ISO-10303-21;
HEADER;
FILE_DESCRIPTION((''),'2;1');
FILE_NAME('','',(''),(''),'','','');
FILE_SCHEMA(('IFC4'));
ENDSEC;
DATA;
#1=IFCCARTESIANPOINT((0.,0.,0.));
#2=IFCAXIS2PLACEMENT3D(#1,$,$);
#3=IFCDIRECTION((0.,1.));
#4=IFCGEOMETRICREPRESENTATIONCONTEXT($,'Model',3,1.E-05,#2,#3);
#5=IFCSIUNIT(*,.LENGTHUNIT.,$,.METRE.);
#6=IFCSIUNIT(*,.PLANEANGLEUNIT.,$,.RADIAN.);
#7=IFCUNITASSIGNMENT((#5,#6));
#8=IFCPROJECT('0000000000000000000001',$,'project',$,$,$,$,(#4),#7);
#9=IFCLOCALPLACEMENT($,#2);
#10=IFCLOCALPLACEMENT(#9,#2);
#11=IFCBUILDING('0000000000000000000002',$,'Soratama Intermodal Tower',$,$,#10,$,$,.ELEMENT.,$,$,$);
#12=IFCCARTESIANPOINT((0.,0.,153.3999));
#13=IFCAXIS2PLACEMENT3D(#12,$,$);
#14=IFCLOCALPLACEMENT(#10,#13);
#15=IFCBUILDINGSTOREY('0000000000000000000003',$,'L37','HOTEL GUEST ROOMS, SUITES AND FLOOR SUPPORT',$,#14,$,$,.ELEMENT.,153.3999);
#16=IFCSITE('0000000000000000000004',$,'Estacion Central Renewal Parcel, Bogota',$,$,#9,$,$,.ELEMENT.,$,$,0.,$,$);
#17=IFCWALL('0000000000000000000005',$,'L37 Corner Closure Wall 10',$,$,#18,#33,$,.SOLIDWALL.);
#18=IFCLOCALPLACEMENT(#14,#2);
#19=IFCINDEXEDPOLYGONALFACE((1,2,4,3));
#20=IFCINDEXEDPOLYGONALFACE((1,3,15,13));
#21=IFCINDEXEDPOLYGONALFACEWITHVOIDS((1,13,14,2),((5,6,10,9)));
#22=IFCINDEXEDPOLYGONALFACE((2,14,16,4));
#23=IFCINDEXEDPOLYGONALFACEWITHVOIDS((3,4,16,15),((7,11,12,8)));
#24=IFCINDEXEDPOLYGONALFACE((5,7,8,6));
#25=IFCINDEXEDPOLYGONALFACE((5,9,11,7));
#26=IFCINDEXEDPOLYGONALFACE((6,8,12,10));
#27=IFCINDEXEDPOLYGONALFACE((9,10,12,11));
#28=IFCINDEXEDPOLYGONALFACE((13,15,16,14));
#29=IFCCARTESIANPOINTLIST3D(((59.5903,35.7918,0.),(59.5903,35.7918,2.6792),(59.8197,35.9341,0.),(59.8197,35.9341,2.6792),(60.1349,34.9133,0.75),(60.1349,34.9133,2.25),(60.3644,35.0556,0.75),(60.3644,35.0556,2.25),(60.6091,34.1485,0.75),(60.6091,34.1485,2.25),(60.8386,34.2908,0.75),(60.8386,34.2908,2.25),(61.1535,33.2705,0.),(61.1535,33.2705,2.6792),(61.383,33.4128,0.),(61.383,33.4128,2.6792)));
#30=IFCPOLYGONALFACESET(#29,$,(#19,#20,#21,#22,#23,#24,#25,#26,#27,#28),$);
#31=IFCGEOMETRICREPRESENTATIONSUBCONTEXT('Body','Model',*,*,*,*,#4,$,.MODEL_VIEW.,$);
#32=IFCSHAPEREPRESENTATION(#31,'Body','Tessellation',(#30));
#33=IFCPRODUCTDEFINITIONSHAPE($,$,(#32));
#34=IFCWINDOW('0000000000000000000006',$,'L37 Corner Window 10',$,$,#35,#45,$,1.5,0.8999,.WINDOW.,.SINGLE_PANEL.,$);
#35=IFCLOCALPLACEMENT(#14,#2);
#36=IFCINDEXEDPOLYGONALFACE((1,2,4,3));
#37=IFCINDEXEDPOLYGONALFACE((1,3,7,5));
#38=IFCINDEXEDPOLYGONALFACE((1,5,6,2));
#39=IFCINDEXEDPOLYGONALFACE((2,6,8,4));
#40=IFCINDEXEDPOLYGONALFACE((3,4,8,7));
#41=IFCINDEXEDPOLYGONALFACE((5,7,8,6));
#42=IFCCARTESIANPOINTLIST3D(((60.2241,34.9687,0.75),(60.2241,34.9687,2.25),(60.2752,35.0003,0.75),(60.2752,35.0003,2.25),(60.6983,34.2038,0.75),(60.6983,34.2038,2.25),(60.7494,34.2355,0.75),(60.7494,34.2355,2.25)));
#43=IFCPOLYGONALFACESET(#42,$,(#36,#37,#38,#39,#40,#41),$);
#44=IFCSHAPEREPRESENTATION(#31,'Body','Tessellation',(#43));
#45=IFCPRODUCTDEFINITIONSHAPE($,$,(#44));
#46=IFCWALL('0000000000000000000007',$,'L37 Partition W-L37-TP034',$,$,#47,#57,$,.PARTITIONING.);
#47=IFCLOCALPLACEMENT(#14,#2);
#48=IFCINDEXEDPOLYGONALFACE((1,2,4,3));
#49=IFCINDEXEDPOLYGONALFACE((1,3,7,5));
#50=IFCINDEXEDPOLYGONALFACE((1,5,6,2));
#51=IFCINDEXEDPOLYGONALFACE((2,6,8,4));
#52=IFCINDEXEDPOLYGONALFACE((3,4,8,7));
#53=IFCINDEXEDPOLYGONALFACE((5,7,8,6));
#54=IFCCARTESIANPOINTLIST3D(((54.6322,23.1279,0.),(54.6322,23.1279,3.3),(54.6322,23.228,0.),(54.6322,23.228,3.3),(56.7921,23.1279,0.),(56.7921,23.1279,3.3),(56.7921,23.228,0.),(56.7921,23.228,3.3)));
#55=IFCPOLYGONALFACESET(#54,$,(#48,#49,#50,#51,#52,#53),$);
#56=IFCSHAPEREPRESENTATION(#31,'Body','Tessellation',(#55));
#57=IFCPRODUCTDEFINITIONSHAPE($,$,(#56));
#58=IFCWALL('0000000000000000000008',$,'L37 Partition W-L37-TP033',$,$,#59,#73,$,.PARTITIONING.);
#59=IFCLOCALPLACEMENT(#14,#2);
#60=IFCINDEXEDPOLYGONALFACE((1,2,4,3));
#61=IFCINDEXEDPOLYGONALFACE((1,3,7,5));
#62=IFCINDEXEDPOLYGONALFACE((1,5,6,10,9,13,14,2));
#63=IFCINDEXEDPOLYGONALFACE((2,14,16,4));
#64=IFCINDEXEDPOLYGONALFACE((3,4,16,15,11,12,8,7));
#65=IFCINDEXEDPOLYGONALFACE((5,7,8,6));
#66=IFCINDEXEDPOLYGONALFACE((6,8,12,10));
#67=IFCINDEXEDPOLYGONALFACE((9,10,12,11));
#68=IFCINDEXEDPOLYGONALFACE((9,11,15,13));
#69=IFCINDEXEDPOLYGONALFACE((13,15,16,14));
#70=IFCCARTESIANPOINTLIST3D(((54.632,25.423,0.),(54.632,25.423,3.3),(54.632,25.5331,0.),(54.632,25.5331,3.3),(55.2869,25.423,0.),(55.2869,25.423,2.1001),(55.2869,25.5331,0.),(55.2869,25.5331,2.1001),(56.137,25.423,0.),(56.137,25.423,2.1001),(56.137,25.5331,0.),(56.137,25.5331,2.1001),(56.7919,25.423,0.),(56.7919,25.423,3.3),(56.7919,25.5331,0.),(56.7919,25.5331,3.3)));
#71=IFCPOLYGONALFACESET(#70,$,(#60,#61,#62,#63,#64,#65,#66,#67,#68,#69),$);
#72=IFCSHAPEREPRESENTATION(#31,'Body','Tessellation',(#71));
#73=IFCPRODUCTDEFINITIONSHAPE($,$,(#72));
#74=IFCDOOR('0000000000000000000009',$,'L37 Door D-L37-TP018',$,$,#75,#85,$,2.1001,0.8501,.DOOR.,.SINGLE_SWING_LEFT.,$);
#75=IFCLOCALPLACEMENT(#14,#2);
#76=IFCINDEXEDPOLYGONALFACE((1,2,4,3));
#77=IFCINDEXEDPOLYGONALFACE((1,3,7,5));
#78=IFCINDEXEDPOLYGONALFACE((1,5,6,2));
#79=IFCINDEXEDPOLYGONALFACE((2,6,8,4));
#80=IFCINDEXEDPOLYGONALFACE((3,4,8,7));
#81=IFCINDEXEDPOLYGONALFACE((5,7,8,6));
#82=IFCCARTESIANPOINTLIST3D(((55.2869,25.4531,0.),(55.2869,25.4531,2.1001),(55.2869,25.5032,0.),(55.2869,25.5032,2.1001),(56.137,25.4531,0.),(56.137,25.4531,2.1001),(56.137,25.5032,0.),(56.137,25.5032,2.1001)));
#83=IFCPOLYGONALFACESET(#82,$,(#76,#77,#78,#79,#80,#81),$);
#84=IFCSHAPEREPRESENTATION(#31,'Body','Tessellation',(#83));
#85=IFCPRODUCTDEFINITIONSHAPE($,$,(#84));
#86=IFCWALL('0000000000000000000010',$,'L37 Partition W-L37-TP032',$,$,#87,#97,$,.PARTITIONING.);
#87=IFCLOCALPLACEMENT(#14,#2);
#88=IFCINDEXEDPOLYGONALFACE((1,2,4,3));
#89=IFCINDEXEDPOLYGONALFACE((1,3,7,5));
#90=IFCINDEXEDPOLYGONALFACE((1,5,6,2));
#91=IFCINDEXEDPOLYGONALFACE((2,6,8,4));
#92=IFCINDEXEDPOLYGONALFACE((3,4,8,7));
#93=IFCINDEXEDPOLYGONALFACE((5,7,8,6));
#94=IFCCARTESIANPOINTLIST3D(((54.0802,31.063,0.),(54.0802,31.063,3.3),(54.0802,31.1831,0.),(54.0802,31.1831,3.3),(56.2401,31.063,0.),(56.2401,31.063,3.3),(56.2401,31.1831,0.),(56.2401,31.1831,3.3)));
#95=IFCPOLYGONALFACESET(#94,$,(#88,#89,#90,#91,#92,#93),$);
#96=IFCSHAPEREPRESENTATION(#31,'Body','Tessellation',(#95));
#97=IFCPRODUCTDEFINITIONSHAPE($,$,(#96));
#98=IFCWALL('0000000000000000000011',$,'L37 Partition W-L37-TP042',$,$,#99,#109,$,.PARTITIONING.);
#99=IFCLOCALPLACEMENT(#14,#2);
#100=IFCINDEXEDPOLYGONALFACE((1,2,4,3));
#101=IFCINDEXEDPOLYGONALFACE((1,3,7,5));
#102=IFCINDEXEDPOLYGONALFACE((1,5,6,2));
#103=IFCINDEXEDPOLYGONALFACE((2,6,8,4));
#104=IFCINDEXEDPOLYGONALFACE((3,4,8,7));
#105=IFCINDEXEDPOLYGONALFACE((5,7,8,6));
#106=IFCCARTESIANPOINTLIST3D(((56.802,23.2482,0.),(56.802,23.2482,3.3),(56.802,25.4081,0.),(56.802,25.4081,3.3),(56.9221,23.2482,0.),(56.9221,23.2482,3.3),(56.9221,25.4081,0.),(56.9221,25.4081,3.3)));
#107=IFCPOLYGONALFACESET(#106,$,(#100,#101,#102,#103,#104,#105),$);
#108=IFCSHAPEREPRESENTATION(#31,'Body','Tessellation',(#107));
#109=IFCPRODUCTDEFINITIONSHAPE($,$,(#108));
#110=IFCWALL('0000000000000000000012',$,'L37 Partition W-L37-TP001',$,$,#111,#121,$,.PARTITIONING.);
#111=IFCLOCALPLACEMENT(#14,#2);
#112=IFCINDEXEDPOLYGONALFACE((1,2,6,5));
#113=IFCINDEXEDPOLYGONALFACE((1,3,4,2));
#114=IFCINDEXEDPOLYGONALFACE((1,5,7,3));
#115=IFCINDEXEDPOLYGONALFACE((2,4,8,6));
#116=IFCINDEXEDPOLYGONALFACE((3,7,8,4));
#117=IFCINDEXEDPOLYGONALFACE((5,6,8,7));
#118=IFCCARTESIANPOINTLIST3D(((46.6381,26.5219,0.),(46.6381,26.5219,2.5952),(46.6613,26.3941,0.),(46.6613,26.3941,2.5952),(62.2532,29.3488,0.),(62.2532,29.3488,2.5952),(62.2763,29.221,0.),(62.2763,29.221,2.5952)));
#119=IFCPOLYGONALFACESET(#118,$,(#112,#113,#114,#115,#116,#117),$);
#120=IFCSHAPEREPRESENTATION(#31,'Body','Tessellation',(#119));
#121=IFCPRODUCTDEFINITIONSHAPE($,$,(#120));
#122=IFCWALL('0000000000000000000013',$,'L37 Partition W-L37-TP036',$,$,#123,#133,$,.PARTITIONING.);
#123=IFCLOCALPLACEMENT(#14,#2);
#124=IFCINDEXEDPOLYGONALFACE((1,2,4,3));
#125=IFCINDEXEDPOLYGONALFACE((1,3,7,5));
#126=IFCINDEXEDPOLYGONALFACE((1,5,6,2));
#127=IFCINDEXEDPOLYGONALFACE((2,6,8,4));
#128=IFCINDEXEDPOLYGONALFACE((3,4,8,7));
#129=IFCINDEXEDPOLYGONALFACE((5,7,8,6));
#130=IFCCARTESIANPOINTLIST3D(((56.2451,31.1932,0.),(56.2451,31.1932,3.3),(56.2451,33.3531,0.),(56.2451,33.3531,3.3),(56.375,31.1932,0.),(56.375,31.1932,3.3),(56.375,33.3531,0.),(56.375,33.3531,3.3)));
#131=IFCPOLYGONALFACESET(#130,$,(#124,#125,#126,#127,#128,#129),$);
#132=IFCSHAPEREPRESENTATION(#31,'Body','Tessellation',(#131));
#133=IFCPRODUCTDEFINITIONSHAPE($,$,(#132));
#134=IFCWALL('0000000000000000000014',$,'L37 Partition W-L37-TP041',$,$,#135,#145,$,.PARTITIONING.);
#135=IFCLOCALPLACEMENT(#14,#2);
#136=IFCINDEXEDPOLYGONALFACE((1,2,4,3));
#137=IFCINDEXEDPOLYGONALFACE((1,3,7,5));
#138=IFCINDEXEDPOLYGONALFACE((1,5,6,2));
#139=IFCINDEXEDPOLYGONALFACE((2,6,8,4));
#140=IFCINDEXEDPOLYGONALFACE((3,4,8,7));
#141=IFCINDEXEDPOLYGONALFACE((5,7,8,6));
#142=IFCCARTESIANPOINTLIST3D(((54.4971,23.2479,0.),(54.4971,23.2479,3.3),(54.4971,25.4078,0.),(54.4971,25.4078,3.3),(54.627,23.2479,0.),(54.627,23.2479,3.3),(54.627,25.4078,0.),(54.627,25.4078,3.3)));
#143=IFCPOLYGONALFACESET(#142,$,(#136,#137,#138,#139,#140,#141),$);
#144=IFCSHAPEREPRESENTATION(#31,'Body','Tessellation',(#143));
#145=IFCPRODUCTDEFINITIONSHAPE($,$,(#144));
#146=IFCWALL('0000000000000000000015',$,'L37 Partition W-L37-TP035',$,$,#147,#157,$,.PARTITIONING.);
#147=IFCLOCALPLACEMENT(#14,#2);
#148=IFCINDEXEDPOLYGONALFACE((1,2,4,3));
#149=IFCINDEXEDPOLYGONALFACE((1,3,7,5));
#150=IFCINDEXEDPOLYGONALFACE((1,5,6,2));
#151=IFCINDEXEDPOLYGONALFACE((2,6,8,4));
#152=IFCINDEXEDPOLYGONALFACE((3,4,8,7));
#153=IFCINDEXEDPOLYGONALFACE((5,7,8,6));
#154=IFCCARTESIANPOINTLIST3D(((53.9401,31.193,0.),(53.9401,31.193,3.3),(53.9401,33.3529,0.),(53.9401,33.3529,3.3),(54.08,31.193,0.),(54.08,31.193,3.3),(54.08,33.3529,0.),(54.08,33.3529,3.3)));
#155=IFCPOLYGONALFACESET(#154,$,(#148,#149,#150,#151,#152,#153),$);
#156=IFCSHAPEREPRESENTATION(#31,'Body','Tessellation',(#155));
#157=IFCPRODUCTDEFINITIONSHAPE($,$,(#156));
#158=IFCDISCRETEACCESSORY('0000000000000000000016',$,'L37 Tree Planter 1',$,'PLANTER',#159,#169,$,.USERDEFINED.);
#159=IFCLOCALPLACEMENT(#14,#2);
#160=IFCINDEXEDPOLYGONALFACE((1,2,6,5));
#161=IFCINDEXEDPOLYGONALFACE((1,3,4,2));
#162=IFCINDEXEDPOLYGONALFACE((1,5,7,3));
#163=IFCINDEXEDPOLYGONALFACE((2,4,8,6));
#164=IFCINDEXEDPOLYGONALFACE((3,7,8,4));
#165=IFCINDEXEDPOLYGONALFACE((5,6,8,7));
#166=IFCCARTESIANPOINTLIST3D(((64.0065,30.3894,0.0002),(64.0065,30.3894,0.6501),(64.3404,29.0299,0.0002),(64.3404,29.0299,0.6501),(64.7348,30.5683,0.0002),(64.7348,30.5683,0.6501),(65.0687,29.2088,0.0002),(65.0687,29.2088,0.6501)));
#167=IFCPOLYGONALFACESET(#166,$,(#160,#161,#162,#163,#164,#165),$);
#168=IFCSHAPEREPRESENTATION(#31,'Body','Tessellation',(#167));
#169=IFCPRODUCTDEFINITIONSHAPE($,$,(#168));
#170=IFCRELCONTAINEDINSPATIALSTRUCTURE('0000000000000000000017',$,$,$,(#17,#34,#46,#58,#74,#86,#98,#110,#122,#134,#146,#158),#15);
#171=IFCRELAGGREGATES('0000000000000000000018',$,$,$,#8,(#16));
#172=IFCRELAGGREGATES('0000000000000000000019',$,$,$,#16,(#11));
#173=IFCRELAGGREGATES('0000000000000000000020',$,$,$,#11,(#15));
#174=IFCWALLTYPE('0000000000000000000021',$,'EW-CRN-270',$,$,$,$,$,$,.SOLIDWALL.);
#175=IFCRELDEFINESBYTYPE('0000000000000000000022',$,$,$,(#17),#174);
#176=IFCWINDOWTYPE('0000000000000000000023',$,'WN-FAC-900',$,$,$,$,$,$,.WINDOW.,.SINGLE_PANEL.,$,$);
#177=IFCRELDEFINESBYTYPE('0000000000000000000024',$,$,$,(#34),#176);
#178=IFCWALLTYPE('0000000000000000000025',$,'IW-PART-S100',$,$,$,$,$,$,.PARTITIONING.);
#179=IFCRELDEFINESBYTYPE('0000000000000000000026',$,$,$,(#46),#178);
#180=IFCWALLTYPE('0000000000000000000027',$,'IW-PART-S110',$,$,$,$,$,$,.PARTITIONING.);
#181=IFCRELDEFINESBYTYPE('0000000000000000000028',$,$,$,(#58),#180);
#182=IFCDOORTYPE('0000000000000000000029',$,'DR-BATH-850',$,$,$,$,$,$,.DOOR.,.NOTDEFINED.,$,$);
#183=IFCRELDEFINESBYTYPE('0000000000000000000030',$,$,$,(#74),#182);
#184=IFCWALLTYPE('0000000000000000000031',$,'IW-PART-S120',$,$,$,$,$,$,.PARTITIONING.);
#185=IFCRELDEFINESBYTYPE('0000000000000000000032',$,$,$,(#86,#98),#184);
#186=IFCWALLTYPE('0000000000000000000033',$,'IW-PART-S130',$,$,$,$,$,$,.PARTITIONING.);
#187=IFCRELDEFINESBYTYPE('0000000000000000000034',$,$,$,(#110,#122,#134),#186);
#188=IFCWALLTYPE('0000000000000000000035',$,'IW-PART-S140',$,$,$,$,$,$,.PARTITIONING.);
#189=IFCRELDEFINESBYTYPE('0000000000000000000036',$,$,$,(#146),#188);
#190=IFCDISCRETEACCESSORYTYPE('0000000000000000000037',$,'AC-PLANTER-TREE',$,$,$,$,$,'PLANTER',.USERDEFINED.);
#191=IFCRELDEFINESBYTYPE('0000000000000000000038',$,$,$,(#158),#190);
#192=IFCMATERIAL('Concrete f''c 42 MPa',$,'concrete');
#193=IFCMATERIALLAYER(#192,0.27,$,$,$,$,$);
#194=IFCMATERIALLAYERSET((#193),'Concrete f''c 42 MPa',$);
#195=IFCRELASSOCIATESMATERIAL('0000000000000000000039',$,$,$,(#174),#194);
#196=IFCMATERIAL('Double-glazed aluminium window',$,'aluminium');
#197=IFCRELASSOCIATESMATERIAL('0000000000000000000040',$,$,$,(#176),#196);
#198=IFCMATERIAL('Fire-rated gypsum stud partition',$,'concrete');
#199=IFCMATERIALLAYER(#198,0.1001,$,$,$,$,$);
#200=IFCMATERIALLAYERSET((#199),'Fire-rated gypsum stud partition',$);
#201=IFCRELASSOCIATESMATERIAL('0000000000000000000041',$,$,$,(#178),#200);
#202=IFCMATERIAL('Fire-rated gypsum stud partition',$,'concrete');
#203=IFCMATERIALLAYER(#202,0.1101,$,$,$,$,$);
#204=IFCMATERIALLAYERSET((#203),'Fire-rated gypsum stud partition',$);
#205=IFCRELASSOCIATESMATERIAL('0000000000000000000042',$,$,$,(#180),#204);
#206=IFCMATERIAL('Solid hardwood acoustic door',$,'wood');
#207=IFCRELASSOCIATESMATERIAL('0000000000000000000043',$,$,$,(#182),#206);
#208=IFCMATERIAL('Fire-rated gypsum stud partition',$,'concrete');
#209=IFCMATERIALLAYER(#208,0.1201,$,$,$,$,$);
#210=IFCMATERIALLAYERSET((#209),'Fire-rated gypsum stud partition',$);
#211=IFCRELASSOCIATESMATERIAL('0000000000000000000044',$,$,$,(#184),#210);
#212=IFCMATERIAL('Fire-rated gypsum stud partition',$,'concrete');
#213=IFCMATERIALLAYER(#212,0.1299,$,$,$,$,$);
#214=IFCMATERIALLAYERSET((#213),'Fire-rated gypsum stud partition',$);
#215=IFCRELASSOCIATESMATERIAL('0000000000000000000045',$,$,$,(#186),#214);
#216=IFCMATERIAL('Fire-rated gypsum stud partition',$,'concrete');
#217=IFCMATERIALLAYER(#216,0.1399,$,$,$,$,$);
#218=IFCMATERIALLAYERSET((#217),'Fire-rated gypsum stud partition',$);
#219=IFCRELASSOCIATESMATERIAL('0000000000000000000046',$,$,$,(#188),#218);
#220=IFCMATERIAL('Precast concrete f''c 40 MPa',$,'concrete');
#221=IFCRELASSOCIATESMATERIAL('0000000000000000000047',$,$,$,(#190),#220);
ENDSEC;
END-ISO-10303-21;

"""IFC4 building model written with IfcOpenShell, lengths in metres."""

from ifc_helpers import new_model, si_unit, direction, frame, frame_2d, origin, origin_2d, place, context, subcontext, project, spatial, rectangle, extrude, material, layer, layer_set, type_object, element, fill, save


model = new_model("IFC4")

# Units and contexts
model_context = context("Model", 3, precision=1e-05, world=origin(), true_north=direction((0.0, 1.0)))
body_context = subcontext(model_context, "Body", "Model", "MODEL_VIEW")
ifc_project = project(units=[si_unit("LENGTHUNIT", "METRE"), si_unit("PLANEANGLEUNIT", "RADIAN")], contexts=[model_context])

# Site, building, storey
site_placement = place(None, origin())
site = spatial("IfcSite", under=ifc_project, at=site_placement, Name="Estacion Central Renewal Parcel, Bogota", CompositionType="ELEMENT", RefElevation=0.0)
building_placement = place(site_placement, origin())
building = spatial("IfcBuilding", under=site, at=building_placement, Name="Soratama Intermodal Tower", CompositionType="ELEMENT")
storey_placement = place(building_placement, frame((0.0, 0.0, 153.3999)))
storey = spatial("IfcBuildingStorey", under=building, at=storey_placement, Name="L37", Description="HOTEL GUEST ROOMS, SUITES AND FLOOR SUPPORT", CompositionType="ELEMENT", Elevation=153.3999)

# Wall, opening, window
ifc_material_1 = material(Name="Concrete f'c 42 MPa", Category="concrete")
ifc_layer_1 = layer(ifc_material_1, 0.27)
ifc_layer_set_1 = layer_set([ifc_layer_1], Name="Concrete f'c 42 MPa")
wall_type_1 = type_object("IfcWallType", Name="EW-CRN-270", PredefinedType="SOLIDWALL", material=ifc_layer_set_1)
wall_1_placement = place(storey_placement, frame((61.2683, 33.3416, 0.0), z_axis=(0.0, 0.0, 1.0), x_axis=(-0.526955, 0.849893, 0.0)))
wall_1 = element("IfcWall", 1, at=wall_1_placement, inside=storey, type_object=wall_type_1, Name="L37 Corner Closure Wall 10", PredefinedType="SOLIDWALL", context=body_context, shape_type="SweptSolid", body=[
    extrude(rectangle(XDim=2.9666, YDim=0.27, at=frame_2d((1.4834, 0.0))), origin(), (0.0, 0.0, 1.0), 2.6792),
])
opening_1_placement = place(wall_1_placement, frame((1.0332, 0.0, 0.75)))
opening_1 = element("IfcOpeningElement", 2, at=opening_1_placement, cuts=wall_1, PredefinedType="OPENING", context=body_context, shape_type="SweptSolid", body=[
    extrude(rectangle(XDim=0.8999, YDim=1.5, at=frame_2d((0.45, 0.75))), frame((0.0, 0.145, 0.0), z_axis=(0.0, -1.0, 0.0), x_axis=(1.0, 0.0, 0.0)), (0.0, 0.0, 1.0), 0.29),
])
ifc_material_2 = material(Name="Double-glazed aluminium window", Category="aluminium")
window_type_1 = type_object("IfcWindowType", Name="WN-FAC-900", PartitioningType="SINGLE_PANEL", PredefinedType="WINDOW", material=ifc_material_2)
window_1_placement = place(opening_1_placement, origin())
window_1 = element("IfcWindow", 3, at=window_1_placement, inside=storey, type_object=window_type_1, Name="L37 Corner Window 10", OverallHeight=1.5, OverallWidth=0.8999, PartitioningType="SINGLE_PANEL", PredefinedType="WINDOW", context=body_context, shape_type="SweptSolid", body=[
    extrude(rectangle(XDim=0.8999, YDim=1.5, at=frame_2d((0.45, 0.75))), frame((0.0, 0.03, 0.0), z_axis=(0.0, -1.0, 0.0), x_axis=(1.0, 0.0, 0.0)), (0.0, 0.0, 1.0), 0.0601),
])
fill(opening_1, window_1)

# Wall
ifc_material_3 = material(Name="Fire-rated gypsum stud partition", Category="concrete")
ifc_layer_2 = layer(ifc_material_3, 0.1001)
ifc_layer_set_2 = layer_set([ifc_layer_2], Name="Fire-rated gypsum stud partition")
wall_type_2 = type_object("IfcWallType", Name="IW-PART-S100", PredefinedType="PARTITIONING", material=ifc_layer_set_2)
wall_2_placement = place(storey_placement, frame((54.6321, 23.178, 0.0), z_axis=(0.0, 0.0, 1.0), x_axis=(1.0, 0.0, 0.0)))
element("IfcWall", 4, at=wall_2_placement, inside=storey, type_object=wall_type_2, Name="L37 Partition W-L37-TP034", PredefinedType="PARTITIONING", context=body_context, shape_type="SweptSolid", body=[
    extrude(rectangle(XDim=2.1599, YDim=0.1001, at=frame_2d((1.0801, 0.0))), origin(), (0.0, 0.0, 1.0), 3.3),
])

# Wall, opening, door
ifc_material_4 = material(Name="Fire-rated gypsum stud partition", Category="concrete")
ifc_layer_3 = layer(ifc_material_4, 0.1101)
ifc_layer_set_3 = layer_set([ifc_layer_3], Name="Fire-rated gypsum stud partition")
wall_type_3 = type_object("IfcWallType", Name="IW-PART-S110", PredefinedType="PARTITIONING", material=ifc_layer_set_3)
wall_3_placement = place(storey_placement, frame((56.792, 25.478, 0.0), z_axis=(0.0, 0.0, 1.0), x_axis=(-1.0, 0.0, 0.0)))
wall_3 = element("IfcWall", 5, at=wall_3_placement, inside=storey, type_object=wall_type_3, Name="L37 Partition W-L37-TP033", PredefinedType="PARTITIONING", context=body_context, shape_type="SweptSolid", body=[
    extrude(rectangle(XDim=2.1599, YDim=0.1101, at=frame_2d((1.0801, 0.0))), origin(), (0.0, 0.0, 1.0), 3.3),
])
opening_2_placement = place(wall_3_placement, frame((0.655, 0.0, 0.0)))
opening_2 = element("IfcOpeningElement", 6, at=opening_2_placement, cuts=wall_3, PredefinedType="OPENING", context=body_context, shape_type="SweptSolid", body=[
    extrude(rectangle(XDim=0.8501, YDim=2.1001, at=frame_2d((0.425, 1.05))), frame((0.0, 0.0649, 0.0), z_axis=(0.0, -1.0, 0.0), x_axis=(1.0, 0.0, 0.0)), (0.0, 0.0, 1.0), 0.1301),
])
ifc_material_5 = material(Name="Solid hardwood acoustic door", Category="wood")
door_type_1 = type_object("IfcDoorType", Name="DR-BATH-850", OperationType="NOTDEFINED", PredefinedType="DOOR", material=ifc_material_5)
door_1_placement = place(opening_2_placement, origin())
door_1 = element("IfcDoor", 7, at=door_1_placement, inside=storey, type_object=door_type_1, Name="L37 Door D-L37-TP018", OperationType="SINGLE_SWING_LEFT", OverallHeight=2.1001, OverallWidth=0.8501, PredefinedType="DOOR", context=body_context, shape_type="SweptSolid", body=[
    extrude(rectangle(XDim=0.8501, YDim=2.1001, at=frame_2d((0.425, 1.05))), frame((0.0, 0.0249, 0.0), z_axis=(0.0, -1.0, 0.0), x_axis=(1.0, 0.0, 0.0)), (0.0, 0.0, 1.0), 0.05),
])
fill(opening_2, door_1)

# Walls
ifc_material_6 = material(Name="Fire-rated gypsum stud partition", Category="concrete")
ifc_layer_4 = layer(ifc_material_6, 0.1201)
ifc_layer_set_4 = layer_set([ifc_layer_4], Name="Fire-rated gypsum stud partition")
wall_type_4 = type_object("IfcWallType", Name="IW-PART-S120", PredefinedType="PARTITIONING", material=ifc_layer_set_4)
for number, where, z_axis, x_axis, name in (
    (8, (54.0801, 31.123, 0.0), (0.0, 0.0, 1.0), (1.0, 0.0, 0.0), "L37 Partition W-L37-TP032"),
    (9, (56.8621, 23.248, 0.0), (0.0, 0.0, 1.0), (0.0, 1.0, 0.0), "L37 Partition W-L37-TP042"),
):
    element("IfcWall", number, at=place(storey_placement, frame(where, z_axis=z_axis, x_axis=x_axis)), inside=storey, type_object=wall_type_4, Name=name, PredefinedType="PARTITIONING", context=body_context, shape_type="SweptSolid", body=[
        extrude(rectangle(XDim=2.1599, YDim=0.1201, at=frame_2d((1.0801, 0.0))), origin(), (0.0, 0.0, 1.0), 3.3),
    ])
ifc_material_7 = material(Name="Fire-rated gypsum stud partition", Category="concrete")
ifc_layer_5 = layer(ifc_material_7, 0.1299)
ifc_layer_set_5 = layer_set([ifc_layer_5], Name="Fire-rated gypsum stud partition")
wall_type_5 = type_object("IfcWallType", Name="IW-PART-S130", PredefinedType="PARTITIONING", material=ifc_layer_set_5)
wall_4_placement = place(storey_placement, frame((62.2649, 29.2849, 0.0), z_axis=(0.0, 0.0, 1.0), x_axis=(-0.984005, -0.178142, 0.0)))
element("IfcWall", 10, at=wall_4_placement, inside=storey, type_object=wall_type_5, Name="L37 Partition W-L37-TP001", PredefinedType="PARTITIONING", context=body_context, shape_type="SweptSolid", body=[
    extrude(rectangle(XDim=15.8689, YDim=0.1299, at=frame_2d((7.9346, 0.0))), origin(), (0.0, 0.0, 1.0), 2.5952),
])
for number, where, z_axis, x_axis, name in (
    (11, (56.3101, 31.1931, 0.0), (0.0, 0.0, 1.0), (0.0, 1.0, 0.0), "L37 Partition W-L37-TP036"),
    (12, (54.562, 25.408, 0.0), (0.0, 0.0, 1.0), (0.0, -1.0, 0.0), "L37 Partition W-L37-TP041"),
):
    element("IfcWall", number, at=place(storey_placement, frame(where, z_axis=z_axis, x_axis=x_axis)), inside=storey, type_object=wall_type_5, Name=name, PredefinedType="PARTITIONING", context=body_context, shape_type="SweptSolid", body=[
        extrude(rectangle(XDim=2.1599, YDim=0.1299, at=frame_2d((1.0801, 0.0))), origin(), (0.0, 0.0, 1.0), 3.3),
    ])
ifc_material_8 = material(Name="Fire-rated gypsum stud partition", Category="concrete")
ifc_layer_6 = layer(ifc_material_8, 0.1399)
ifc_layer_set_6 = layer_set([ifc_layer_6], Name="Fire-rated gypsum stud partition")
wall_type_6 = type_object("IfcWallType", Name="IW-PART-S140", PredefinedType="PARTITIONING", material=ifc_layer_set_6)
wall_5_placement = place(storey_placement, frame((54.01, 33.353, 0.0), z_axis=(0.0, 0.0, 1.0), x_axis=(0.0, -1.0, 0.0)))
element("IfcWall", 13, at=wall_5_placement, inside=storey, type_object=wall_type_6, Name="L37 Partition W-L37-TP035", PredefinedType="PARTITIONING", context=body_context, shape_type="SweptSolid", body=[
    extrude(rectangle(XDim=2.1599, YDim=0.1399, at=frame_2d((1.0801, 0.0))), origin(), (0.0, 0.0, 1.0), 3.3),
])

# Discrete accessory
ifc_material_9 = material(Name="Precast concrete f'c 40 MPa", Category="concrete")
discrete_accessory_type = type_object("IfcDiscreteAccessoryType", Name="AC-PLANTER-TREE", ElementType="PLANTER", PredefinedType="USERDEFINED", material=ifc_material_9)
discrete_accessory_placement = place(storey_placement, frame((64.5376, 29.7991, 0.0002), z_axis=(0.0, 0.0, 1.0), x_axis=(0.971134, 0.238533, 0.0)))
element("IfcDiscreteAccessory", 14, at=discrete_accessory_placement, inside=storey, type_object=discrete_accessory_type, Name="L37 Tree Planter 1", ObjectType="PLANTER", PredefinedType="USERDEFINED", context=body_context, shape_type="SweptSolid", body=[
    extrude(rectangle(XDim=0.75, YDim=1.3999, at=origin_2d()), origin(), (0.0, 0.0, 1.0), 0.6499),
])

save(model, "model.ifc")
